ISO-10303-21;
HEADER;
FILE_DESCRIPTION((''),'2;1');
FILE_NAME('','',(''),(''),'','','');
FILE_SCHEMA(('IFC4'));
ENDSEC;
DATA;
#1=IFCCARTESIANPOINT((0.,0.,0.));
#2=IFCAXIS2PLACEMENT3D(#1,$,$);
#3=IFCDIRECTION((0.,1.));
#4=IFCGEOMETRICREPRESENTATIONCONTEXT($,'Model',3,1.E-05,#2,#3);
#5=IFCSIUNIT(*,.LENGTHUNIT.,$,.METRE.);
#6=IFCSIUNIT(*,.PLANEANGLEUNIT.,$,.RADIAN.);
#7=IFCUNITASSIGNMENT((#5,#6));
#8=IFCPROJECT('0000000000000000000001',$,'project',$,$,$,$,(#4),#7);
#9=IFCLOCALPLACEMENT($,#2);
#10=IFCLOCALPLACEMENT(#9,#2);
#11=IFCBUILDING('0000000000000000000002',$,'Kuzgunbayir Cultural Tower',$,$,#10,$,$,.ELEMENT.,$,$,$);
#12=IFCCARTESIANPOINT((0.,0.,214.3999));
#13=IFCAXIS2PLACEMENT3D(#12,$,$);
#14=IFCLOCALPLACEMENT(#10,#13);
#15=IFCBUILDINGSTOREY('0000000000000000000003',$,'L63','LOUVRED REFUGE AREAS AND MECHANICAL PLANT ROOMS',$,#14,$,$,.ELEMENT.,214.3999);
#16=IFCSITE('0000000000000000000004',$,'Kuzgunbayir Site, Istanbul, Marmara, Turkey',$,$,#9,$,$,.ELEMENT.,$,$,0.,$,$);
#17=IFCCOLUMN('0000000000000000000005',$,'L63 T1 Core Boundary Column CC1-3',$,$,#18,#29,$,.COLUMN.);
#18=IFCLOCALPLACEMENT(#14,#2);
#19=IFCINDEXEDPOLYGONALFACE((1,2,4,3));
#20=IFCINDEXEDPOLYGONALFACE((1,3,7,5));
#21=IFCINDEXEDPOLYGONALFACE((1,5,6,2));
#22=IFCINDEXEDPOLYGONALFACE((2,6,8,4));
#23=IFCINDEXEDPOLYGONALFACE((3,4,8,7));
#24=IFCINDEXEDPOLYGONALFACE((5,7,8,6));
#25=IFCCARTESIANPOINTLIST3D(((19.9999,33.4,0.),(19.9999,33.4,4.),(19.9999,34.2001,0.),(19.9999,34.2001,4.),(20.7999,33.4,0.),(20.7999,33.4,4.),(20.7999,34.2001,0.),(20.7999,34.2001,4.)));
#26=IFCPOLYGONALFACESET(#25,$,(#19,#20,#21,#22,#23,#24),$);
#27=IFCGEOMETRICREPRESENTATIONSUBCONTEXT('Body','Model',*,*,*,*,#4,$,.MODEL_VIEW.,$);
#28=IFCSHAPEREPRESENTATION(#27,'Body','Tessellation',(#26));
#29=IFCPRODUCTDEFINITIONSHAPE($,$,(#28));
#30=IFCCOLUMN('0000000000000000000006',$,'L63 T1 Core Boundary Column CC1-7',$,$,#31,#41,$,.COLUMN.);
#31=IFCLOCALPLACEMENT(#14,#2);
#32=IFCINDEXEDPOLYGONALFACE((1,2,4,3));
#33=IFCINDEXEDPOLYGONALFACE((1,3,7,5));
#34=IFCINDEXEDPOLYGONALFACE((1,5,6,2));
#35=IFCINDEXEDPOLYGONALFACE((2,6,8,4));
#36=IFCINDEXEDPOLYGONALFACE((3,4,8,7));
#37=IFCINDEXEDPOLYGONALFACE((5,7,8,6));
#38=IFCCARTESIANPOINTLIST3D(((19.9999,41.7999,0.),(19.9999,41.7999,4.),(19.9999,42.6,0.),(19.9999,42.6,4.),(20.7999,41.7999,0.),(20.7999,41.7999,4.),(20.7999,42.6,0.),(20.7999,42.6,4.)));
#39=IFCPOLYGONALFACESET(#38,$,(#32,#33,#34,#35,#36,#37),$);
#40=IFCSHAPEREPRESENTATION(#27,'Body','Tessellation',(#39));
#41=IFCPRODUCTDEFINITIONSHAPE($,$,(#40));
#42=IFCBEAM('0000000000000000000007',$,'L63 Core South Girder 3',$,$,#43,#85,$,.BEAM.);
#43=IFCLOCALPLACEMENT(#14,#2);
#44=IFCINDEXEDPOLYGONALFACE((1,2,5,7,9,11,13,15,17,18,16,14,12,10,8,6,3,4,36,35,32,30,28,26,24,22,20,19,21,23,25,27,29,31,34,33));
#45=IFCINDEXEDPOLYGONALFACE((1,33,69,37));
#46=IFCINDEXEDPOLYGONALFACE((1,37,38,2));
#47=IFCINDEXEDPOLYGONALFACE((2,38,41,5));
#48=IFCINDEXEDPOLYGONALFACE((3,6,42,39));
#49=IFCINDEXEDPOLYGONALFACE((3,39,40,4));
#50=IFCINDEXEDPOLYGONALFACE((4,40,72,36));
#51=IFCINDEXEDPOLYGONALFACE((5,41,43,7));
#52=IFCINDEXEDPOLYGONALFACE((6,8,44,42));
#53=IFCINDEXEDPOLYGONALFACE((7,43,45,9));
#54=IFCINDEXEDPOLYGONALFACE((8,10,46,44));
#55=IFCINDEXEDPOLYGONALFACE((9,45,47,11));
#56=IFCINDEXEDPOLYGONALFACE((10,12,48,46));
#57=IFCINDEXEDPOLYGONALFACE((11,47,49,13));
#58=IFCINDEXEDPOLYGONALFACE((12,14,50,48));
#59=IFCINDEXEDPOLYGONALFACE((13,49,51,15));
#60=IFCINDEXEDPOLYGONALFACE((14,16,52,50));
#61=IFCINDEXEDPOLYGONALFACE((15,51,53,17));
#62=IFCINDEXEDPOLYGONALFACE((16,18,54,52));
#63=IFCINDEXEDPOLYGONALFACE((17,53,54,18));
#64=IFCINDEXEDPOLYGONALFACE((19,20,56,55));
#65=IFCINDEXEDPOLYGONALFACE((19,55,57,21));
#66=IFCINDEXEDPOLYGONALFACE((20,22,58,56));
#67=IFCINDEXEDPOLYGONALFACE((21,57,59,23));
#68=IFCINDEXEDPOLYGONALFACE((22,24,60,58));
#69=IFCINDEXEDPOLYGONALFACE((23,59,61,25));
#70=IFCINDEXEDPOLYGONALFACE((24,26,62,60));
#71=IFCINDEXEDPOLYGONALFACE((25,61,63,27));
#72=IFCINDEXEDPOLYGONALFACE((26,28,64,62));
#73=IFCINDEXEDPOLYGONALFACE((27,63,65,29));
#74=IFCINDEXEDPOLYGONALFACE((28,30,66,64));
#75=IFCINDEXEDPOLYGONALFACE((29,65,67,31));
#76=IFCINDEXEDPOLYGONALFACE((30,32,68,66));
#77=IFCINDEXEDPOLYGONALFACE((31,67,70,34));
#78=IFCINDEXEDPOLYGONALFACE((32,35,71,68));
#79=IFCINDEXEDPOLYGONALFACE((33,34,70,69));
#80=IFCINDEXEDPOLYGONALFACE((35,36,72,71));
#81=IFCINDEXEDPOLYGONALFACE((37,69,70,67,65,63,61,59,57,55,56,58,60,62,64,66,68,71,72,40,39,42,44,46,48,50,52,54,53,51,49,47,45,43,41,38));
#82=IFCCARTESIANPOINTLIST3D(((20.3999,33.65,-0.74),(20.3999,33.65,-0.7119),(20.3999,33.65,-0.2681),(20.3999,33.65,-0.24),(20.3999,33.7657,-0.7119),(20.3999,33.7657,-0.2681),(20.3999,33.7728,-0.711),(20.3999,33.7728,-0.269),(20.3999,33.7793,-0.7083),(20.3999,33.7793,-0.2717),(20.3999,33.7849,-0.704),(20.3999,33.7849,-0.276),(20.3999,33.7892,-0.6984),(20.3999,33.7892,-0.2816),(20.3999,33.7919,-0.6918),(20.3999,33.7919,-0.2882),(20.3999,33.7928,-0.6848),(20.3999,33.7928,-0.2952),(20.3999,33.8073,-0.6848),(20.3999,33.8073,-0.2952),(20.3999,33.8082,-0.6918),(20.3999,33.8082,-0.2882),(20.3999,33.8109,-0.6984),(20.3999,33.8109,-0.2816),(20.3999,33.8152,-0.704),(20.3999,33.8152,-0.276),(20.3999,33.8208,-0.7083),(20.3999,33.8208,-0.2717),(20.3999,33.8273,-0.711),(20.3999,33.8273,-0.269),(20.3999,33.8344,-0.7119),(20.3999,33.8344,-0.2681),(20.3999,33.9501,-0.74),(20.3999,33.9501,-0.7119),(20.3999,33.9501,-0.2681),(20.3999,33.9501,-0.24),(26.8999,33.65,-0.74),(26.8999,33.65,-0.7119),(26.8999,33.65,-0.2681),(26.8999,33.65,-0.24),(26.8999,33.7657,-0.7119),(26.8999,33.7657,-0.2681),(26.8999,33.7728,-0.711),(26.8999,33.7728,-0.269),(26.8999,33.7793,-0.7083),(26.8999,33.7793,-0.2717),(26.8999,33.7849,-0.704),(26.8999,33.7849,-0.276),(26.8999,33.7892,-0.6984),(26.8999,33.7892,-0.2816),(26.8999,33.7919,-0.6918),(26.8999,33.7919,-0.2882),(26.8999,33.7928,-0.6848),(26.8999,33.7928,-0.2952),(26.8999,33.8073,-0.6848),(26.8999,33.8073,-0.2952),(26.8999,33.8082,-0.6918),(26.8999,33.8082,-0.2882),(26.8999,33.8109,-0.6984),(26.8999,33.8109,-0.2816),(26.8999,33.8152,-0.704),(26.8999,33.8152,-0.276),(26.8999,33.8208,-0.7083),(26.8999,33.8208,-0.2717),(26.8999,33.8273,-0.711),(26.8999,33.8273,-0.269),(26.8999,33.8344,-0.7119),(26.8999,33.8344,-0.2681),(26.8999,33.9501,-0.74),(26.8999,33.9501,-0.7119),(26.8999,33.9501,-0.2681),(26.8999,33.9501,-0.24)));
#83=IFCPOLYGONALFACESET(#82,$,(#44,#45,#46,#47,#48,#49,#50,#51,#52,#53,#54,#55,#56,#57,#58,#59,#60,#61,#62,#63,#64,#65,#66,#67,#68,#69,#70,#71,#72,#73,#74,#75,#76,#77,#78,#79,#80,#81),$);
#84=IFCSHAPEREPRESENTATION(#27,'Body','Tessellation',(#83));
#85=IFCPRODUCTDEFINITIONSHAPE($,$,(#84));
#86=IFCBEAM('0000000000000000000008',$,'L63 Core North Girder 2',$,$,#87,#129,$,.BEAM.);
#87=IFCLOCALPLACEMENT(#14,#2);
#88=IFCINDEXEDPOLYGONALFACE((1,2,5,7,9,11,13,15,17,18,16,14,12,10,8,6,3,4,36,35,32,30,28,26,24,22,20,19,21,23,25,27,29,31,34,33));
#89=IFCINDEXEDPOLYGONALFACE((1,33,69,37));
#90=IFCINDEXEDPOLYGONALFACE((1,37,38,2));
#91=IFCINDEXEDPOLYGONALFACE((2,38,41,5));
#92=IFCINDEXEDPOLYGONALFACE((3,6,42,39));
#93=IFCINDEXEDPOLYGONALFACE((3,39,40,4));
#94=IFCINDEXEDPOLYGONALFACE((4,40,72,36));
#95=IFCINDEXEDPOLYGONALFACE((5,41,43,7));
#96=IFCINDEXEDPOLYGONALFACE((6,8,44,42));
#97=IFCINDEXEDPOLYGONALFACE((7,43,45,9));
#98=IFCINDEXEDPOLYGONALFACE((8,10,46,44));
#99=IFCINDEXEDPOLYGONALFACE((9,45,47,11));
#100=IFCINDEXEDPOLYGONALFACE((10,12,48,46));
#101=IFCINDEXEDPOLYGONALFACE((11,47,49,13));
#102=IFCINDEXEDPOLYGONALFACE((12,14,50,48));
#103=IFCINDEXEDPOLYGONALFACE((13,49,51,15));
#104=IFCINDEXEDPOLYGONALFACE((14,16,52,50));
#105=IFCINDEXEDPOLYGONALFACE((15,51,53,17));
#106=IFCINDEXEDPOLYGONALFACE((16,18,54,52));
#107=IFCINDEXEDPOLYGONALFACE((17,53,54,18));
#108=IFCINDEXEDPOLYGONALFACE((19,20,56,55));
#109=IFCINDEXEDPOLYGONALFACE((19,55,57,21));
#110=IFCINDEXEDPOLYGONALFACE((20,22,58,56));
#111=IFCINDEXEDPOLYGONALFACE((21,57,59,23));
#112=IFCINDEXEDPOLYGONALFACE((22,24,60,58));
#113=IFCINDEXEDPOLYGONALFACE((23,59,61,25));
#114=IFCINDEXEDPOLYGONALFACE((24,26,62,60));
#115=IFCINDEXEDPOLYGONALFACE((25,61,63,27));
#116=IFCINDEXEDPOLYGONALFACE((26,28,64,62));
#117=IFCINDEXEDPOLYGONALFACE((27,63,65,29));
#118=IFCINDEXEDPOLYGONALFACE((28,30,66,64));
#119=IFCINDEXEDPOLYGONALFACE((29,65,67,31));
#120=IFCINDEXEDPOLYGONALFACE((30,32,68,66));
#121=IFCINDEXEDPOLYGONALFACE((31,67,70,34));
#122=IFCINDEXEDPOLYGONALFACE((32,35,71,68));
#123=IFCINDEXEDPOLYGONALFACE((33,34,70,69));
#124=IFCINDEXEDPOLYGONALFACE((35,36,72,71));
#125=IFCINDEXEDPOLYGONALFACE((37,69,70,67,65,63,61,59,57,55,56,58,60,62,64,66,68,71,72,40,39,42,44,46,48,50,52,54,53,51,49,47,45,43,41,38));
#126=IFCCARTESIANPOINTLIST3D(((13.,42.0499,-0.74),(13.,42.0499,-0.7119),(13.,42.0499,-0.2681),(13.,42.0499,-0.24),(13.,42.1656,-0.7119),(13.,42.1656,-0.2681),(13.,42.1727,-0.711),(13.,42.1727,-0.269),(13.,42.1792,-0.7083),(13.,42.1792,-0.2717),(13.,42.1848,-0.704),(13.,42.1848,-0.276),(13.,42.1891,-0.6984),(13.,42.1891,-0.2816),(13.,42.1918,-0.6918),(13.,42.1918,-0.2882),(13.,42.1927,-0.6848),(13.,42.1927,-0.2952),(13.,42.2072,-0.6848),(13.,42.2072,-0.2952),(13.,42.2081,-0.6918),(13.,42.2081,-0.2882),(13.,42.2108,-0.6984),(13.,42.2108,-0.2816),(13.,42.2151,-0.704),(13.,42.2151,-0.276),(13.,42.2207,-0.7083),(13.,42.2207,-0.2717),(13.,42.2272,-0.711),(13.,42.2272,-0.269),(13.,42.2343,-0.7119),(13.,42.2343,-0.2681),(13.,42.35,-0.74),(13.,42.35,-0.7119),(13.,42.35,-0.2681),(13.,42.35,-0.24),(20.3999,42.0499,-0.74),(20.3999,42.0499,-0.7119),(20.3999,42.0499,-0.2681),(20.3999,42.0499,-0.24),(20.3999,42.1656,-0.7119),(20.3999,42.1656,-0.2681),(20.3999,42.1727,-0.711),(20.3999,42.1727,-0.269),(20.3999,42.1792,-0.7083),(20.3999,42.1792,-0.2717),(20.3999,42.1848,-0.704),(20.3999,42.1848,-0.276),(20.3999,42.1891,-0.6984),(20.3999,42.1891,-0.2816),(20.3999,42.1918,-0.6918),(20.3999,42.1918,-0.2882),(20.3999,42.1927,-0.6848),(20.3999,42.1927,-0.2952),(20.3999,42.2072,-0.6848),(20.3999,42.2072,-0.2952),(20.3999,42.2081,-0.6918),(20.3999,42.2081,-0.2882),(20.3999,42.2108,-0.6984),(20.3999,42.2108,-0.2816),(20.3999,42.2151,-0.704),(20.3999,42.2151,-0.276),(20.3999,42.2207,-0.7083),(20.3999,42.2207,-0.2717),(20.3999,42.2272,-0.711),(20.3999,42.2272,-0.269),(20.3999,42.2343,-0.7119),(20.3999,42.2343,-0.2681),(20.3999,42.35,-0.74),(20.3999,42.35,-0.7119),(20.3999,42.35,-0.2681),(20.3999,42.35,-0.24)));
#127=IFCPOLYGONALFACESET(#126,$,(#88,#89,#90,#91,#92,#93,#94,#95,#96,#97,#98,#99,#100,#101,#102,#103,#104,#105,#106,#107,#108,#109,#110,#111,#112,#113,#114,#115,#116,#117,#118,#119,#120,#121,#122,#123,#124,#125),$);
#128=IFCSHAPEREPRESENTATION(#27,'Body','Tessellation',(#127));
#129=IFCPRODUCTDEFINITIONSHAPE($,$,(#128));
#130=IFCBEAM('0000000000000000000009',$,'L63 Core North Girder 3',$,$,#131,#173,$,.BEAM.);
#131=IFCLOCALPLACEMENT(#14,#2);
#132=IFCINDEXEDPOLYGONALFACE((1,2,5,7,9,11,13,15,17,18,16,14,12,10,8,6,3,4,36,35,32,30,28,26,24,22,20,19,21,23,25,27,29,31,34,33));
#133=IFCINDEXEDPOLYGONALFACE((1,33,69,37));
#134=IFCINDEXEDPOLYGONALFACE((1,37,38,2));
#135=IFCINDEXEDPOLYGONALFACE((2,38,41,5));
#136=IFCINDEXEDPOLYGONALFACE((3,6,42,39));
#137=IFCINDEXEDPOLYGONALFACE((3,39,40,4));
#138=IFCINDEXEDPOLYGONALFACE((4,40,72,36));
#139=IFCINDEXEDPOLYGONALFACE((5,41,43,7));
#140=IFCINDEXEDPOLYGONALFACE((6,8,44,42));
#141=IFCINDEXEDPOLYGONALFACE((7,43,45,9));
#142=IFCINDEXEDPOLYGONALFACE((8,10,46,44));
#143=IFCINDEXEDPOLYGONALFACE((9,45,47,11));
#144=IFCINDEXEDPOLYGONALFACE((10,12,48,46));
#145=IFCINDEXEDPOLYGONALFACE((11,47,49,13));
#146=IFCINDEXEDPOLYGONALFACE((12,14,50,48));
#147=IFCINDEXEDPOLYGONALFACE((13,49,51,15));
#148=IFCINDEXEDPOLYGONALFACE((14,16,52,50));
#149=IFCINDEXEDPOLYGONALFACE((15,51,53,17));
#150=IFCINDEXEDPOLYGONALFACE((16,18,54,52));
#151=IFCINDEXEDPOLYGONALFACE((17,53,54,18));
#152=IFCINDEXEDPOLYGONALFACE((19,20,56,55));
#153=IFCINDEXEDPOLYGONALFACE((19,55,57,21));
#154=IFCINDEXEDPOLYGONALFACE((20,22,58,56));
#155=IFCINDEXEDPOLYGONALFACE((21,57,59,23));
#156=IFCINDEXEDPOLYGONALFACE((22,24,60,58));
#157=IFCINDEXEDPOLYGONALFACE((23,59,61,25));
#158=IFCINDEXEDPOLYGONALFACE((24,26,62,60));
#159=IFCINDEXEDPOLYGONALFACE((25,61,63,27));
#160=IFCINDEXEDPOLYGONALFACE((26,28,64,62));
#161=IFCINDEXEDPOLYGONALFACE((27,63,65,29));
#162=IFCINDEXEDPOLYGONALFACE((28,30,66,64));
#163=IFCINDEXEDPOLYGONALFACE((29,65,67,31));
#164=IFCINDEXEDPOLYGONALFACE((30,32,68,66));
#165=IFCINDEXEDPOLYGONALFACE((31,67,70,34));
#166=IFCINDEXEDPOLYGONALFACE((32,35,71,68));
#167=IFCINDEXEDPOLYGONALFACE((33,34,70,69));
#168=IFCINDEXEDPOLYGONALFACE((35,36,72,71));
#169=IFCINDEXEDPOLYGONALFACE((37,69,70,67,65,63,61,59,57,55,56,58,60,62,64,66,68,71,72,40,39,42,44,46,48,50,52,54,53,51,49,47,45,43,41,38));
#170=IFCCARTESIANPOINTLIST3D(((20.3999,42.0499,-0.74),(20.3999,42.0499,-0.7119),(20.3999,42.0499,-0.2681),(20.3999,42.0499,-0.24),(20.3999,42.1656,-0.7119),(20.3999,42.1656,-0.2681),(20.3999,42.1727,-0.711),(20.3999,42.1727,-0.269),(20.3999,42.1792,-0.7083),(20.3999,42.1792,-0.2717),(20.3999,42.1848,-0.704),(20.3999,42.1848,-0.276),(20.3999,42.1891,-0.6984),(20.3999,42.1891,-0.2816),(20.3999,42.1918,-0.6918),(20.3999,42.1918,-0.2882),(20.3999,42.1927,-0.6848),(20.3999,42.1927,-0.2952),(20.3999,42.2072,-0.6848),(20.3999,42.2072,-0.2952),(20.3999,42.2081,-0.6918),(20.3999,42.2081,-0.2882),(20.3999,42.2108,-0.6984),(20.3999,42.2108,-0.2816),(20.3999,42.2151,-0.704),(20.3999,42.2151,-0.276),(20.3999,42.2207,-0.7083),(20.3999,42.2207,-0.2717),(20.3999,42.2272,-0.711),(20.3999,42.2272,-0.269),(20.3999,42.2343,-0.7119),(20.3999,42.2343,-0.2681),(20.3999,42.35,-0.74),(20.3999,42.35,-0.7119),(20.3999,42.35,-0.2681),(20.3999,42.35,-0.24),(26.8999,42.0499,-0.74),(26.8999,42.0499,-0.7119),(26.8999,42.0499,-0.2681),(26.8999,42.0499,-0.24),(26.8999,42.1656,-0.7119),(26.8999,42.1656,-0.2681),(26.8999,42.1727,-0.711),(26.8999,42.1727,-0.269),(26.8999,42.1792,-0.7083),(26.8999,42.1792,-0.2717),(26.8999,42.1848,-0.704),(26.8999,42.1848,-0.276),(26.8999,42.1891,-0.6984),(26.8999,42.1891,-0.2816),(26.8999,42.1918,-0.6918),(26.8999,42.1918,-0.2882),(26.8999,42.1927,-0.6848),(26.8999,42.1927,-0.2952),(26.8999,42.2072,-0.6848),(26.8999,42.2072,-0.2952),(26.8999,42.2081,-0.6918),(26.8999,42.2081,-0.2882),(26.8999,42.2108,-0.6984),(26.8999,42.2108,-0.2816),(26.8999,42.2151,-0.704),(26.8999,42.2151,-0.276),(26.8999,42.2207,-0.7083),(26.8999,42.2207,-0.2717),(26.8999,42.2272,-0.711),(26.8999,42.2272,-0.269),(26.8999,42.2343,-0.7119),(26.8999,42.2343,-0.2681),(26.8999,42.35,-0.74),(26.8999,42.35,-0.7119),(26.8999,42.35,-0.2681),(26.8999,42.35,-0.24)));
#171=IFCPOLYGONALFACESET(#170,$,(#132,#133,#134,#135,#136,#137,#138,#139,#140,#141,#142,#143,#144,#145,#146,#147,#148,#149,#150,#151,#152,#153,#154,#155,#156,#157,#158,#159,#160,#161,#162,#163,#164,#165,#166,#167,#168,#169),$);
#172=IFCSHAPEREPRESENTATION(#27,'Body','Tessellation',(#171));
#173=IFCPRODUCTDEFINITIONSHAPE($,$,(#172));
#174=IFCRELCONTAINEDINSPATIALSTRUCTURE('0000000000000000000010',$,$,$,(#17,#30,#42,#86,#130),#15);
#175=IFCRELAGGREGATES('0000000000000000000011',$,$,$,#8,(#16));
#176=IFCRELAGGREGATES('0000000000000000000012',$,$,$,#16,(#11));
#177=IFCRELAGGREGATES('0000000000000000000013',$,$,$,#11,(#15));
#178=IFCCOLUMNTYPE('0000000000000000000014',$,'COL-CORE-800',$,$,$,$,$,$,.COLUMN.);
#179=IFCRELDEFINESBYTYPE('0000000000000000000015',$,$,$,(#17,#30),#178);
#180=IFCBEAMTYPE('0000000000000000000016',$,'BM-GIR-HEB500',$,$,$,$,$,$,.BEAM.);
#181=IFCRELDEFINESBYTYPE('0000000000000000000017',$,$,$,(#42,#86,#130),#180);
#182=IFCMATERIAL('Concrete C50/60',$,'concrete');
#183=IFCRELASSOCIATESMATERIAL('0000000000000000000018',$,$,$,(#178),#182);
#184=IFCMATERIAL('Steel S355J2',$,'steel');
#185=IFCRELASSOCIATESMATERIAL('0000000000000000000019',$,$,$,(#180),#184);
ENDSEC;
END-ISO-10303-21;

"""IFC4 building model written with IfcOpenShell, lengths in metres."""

from ifc_helpers import new_model, si_unit, direction, frame, origin, origin_2d, place, context, subcontext, project, spatial, rectangle, i_section, extrude, material, material_profile, profile_set, type_object, element, save


model = new_model("IFC4")

# Units and contexts
model_context = context("Model", 3, precision=1e-05, world=origin(), true_north=direction((0.0, 1.0)))
body_context = subcontext(model_context, "Body", "Model", "MODEL_VIEW")
ifc_project = project(units=[si_unit("LENGTHUNIT", "METRE"), si_unit("PLANEANGLEUNIT", "RADIAN")], contexts=[model_context])

# Site, building, storey
site_placement = place(None, origin())
site = spatial("IfcSite", under=ifc_project, at=site_placement, Name="Kuzgunbayir Site, Istanbul, Marmara, Turkey", CompositionType="ELEMENT", RefElevation=0.0)
building_placement = place(site_placement, origin())
building = spatial("IfcBuilding", under=site, at=building_placement, Name="Kuzgunbayir Cultural Tower", CompositionType="ELEMENT")
storey_placement = place(building_placement, frame((0.0, 0.0, 214.3999)))
storey = spatial("IfcBuildingStorey", under=building, at=storey_placement, Name="L63", Description="LOUVRED REFUGE AREAS AND MECHANICAL PLANT ROOMS", CompositionType="ELEMENT", Elevation=214.3999)

# Columns
ifc_material_1 = material(Name="Concrete C50/60", Category="concrete")
ifc_material_profile_1 = material_profile(ifc_material_1, rectangle(XDim=0.8, YDim=0.8, at=origin_2d()), Name="RC 800x800")
ifc_profile_set_1 = profile_set([ifc_material_profile_1], Name="Concrete C50/60")
column_type = type_object("IfcColumnType", Name="COL-CORE-800", PredefinedType="COLUMN", material=ifc_profile_set_1)
for number, where, z_axis, x_axis, name in (
    (1, (20.3999, 33.8, 0.0), (0.0, 0.0, 1.0), (1.0, 0.0, 0.0), "L63 T1 Core Boundary Column CC1-3"),
    (2, (20.3999, 42.2, 0.0), (0.0, 0.0, 1.0), (1.0, 0.0, 0.0), "L63 T1 Core Boundary Column CC1-7"),
):
    element("IfcColumn", number, at=place(storey_placement, frame(where, z_axis=z_axis, x_axis=x_axis)), inside=storey, type_object=column_type, Name=name, PredefinedType="COLUMN", context=body_context, shape_type="SweptSolid", body=[
        extrude(rectangle(XDim=0.8, YDim=0.8, at=origin_2d()), origin(), (0.0, 0.0, 1.0), 4.0),
    ])

# Beams
ifc_material_2 = material(Name="Steel S355J2", Category="steel")
ifc_material_profile_2 = material_profile(ifc_material_2, i_section(OverallWidth=0.3, OverallDepth=0.5, WebThickness=0.0144, FlangeThickness=0.0281, FilletRadius=0.0271, at=origin_2d()), Name="HEB 500")
ifc_profile_set_2 = profile_set([ifc_material_profile_2], Name="Steel S355J2")
beam_type = type_object("IfcBeamType", Name="BM-GIR-HEB500", PredefinedType="BEAM", material=ifc_profile_set_2)
beam_1_placement = place(storey_placement, frame((20.3999, 33.8, -0.49), z_axis=(1.0, 0.0, 0.0), x_axis=(0.0, 1.0, 0.0)))
element("IfcBeam", 3, at=beam_1_placement, inside=storey, type_object=beam_type, Name="L63 Core South Girder 3", PredefinedType="BEAM", context=body_context, shape_type="SweptSolid", body=[
    extrude(i_section(OverallWidth=0.3, OverallDepth=0.5, WebThickness=0.0144, FlangeThickness=0.0281, FilletRadius=0.0271, at=origin_2d()), origin(), (0.0, 0.0, 1.0), 6.5),
])
beam_2_placement = place(storey_placement, frame((13.0, 42.2, -0.49), z_axis=(1.0, 0.0, 0.0), x_axis=(0.0, 1.0, 0.0)))
element("IfcBeam", 4, at=beam_2_placement, inside=storey, type_object=beam_type, Name="L63 Core North Girder 2", PredefinedType="BEAM", context=body_context, shape_type="SweptSolid", body=[
    extrude(i_section(OverallWidth=0.3, OverallDepth=0.5, WebThickness=0.0144, FlangeThickness=0.0281, FilletRadius=0.0271, at=origin_2d()), origin(), (0.0, 0.0, 1.0), 7.3999),
])
beam_3_placement = place(storey_placement, frame((20.3999, 42.2, -0.49), z_axis=(1.0, 0.0, 0.0), x_axis=(0.0, 1.0, 0.0)))
element("IfcBeam", 5, at=beam_3_placement, inside=storey, type_object=beam_type, Name="L63 Core North Girder 3", PredefinedType="BEAM", context=body_context, shape_type="SweptSolid", body=[
    extrude(i_section(OverallWidth=0.3, OverallDepth=0.5, WebThickness=0.0144, FlangeThickness=0.0281, FilletRadius=0.0271, at=origin_2d()), origin(), (0.0, 0.0, 1.0), 6.5),
])

save(model, "model.ifc")
